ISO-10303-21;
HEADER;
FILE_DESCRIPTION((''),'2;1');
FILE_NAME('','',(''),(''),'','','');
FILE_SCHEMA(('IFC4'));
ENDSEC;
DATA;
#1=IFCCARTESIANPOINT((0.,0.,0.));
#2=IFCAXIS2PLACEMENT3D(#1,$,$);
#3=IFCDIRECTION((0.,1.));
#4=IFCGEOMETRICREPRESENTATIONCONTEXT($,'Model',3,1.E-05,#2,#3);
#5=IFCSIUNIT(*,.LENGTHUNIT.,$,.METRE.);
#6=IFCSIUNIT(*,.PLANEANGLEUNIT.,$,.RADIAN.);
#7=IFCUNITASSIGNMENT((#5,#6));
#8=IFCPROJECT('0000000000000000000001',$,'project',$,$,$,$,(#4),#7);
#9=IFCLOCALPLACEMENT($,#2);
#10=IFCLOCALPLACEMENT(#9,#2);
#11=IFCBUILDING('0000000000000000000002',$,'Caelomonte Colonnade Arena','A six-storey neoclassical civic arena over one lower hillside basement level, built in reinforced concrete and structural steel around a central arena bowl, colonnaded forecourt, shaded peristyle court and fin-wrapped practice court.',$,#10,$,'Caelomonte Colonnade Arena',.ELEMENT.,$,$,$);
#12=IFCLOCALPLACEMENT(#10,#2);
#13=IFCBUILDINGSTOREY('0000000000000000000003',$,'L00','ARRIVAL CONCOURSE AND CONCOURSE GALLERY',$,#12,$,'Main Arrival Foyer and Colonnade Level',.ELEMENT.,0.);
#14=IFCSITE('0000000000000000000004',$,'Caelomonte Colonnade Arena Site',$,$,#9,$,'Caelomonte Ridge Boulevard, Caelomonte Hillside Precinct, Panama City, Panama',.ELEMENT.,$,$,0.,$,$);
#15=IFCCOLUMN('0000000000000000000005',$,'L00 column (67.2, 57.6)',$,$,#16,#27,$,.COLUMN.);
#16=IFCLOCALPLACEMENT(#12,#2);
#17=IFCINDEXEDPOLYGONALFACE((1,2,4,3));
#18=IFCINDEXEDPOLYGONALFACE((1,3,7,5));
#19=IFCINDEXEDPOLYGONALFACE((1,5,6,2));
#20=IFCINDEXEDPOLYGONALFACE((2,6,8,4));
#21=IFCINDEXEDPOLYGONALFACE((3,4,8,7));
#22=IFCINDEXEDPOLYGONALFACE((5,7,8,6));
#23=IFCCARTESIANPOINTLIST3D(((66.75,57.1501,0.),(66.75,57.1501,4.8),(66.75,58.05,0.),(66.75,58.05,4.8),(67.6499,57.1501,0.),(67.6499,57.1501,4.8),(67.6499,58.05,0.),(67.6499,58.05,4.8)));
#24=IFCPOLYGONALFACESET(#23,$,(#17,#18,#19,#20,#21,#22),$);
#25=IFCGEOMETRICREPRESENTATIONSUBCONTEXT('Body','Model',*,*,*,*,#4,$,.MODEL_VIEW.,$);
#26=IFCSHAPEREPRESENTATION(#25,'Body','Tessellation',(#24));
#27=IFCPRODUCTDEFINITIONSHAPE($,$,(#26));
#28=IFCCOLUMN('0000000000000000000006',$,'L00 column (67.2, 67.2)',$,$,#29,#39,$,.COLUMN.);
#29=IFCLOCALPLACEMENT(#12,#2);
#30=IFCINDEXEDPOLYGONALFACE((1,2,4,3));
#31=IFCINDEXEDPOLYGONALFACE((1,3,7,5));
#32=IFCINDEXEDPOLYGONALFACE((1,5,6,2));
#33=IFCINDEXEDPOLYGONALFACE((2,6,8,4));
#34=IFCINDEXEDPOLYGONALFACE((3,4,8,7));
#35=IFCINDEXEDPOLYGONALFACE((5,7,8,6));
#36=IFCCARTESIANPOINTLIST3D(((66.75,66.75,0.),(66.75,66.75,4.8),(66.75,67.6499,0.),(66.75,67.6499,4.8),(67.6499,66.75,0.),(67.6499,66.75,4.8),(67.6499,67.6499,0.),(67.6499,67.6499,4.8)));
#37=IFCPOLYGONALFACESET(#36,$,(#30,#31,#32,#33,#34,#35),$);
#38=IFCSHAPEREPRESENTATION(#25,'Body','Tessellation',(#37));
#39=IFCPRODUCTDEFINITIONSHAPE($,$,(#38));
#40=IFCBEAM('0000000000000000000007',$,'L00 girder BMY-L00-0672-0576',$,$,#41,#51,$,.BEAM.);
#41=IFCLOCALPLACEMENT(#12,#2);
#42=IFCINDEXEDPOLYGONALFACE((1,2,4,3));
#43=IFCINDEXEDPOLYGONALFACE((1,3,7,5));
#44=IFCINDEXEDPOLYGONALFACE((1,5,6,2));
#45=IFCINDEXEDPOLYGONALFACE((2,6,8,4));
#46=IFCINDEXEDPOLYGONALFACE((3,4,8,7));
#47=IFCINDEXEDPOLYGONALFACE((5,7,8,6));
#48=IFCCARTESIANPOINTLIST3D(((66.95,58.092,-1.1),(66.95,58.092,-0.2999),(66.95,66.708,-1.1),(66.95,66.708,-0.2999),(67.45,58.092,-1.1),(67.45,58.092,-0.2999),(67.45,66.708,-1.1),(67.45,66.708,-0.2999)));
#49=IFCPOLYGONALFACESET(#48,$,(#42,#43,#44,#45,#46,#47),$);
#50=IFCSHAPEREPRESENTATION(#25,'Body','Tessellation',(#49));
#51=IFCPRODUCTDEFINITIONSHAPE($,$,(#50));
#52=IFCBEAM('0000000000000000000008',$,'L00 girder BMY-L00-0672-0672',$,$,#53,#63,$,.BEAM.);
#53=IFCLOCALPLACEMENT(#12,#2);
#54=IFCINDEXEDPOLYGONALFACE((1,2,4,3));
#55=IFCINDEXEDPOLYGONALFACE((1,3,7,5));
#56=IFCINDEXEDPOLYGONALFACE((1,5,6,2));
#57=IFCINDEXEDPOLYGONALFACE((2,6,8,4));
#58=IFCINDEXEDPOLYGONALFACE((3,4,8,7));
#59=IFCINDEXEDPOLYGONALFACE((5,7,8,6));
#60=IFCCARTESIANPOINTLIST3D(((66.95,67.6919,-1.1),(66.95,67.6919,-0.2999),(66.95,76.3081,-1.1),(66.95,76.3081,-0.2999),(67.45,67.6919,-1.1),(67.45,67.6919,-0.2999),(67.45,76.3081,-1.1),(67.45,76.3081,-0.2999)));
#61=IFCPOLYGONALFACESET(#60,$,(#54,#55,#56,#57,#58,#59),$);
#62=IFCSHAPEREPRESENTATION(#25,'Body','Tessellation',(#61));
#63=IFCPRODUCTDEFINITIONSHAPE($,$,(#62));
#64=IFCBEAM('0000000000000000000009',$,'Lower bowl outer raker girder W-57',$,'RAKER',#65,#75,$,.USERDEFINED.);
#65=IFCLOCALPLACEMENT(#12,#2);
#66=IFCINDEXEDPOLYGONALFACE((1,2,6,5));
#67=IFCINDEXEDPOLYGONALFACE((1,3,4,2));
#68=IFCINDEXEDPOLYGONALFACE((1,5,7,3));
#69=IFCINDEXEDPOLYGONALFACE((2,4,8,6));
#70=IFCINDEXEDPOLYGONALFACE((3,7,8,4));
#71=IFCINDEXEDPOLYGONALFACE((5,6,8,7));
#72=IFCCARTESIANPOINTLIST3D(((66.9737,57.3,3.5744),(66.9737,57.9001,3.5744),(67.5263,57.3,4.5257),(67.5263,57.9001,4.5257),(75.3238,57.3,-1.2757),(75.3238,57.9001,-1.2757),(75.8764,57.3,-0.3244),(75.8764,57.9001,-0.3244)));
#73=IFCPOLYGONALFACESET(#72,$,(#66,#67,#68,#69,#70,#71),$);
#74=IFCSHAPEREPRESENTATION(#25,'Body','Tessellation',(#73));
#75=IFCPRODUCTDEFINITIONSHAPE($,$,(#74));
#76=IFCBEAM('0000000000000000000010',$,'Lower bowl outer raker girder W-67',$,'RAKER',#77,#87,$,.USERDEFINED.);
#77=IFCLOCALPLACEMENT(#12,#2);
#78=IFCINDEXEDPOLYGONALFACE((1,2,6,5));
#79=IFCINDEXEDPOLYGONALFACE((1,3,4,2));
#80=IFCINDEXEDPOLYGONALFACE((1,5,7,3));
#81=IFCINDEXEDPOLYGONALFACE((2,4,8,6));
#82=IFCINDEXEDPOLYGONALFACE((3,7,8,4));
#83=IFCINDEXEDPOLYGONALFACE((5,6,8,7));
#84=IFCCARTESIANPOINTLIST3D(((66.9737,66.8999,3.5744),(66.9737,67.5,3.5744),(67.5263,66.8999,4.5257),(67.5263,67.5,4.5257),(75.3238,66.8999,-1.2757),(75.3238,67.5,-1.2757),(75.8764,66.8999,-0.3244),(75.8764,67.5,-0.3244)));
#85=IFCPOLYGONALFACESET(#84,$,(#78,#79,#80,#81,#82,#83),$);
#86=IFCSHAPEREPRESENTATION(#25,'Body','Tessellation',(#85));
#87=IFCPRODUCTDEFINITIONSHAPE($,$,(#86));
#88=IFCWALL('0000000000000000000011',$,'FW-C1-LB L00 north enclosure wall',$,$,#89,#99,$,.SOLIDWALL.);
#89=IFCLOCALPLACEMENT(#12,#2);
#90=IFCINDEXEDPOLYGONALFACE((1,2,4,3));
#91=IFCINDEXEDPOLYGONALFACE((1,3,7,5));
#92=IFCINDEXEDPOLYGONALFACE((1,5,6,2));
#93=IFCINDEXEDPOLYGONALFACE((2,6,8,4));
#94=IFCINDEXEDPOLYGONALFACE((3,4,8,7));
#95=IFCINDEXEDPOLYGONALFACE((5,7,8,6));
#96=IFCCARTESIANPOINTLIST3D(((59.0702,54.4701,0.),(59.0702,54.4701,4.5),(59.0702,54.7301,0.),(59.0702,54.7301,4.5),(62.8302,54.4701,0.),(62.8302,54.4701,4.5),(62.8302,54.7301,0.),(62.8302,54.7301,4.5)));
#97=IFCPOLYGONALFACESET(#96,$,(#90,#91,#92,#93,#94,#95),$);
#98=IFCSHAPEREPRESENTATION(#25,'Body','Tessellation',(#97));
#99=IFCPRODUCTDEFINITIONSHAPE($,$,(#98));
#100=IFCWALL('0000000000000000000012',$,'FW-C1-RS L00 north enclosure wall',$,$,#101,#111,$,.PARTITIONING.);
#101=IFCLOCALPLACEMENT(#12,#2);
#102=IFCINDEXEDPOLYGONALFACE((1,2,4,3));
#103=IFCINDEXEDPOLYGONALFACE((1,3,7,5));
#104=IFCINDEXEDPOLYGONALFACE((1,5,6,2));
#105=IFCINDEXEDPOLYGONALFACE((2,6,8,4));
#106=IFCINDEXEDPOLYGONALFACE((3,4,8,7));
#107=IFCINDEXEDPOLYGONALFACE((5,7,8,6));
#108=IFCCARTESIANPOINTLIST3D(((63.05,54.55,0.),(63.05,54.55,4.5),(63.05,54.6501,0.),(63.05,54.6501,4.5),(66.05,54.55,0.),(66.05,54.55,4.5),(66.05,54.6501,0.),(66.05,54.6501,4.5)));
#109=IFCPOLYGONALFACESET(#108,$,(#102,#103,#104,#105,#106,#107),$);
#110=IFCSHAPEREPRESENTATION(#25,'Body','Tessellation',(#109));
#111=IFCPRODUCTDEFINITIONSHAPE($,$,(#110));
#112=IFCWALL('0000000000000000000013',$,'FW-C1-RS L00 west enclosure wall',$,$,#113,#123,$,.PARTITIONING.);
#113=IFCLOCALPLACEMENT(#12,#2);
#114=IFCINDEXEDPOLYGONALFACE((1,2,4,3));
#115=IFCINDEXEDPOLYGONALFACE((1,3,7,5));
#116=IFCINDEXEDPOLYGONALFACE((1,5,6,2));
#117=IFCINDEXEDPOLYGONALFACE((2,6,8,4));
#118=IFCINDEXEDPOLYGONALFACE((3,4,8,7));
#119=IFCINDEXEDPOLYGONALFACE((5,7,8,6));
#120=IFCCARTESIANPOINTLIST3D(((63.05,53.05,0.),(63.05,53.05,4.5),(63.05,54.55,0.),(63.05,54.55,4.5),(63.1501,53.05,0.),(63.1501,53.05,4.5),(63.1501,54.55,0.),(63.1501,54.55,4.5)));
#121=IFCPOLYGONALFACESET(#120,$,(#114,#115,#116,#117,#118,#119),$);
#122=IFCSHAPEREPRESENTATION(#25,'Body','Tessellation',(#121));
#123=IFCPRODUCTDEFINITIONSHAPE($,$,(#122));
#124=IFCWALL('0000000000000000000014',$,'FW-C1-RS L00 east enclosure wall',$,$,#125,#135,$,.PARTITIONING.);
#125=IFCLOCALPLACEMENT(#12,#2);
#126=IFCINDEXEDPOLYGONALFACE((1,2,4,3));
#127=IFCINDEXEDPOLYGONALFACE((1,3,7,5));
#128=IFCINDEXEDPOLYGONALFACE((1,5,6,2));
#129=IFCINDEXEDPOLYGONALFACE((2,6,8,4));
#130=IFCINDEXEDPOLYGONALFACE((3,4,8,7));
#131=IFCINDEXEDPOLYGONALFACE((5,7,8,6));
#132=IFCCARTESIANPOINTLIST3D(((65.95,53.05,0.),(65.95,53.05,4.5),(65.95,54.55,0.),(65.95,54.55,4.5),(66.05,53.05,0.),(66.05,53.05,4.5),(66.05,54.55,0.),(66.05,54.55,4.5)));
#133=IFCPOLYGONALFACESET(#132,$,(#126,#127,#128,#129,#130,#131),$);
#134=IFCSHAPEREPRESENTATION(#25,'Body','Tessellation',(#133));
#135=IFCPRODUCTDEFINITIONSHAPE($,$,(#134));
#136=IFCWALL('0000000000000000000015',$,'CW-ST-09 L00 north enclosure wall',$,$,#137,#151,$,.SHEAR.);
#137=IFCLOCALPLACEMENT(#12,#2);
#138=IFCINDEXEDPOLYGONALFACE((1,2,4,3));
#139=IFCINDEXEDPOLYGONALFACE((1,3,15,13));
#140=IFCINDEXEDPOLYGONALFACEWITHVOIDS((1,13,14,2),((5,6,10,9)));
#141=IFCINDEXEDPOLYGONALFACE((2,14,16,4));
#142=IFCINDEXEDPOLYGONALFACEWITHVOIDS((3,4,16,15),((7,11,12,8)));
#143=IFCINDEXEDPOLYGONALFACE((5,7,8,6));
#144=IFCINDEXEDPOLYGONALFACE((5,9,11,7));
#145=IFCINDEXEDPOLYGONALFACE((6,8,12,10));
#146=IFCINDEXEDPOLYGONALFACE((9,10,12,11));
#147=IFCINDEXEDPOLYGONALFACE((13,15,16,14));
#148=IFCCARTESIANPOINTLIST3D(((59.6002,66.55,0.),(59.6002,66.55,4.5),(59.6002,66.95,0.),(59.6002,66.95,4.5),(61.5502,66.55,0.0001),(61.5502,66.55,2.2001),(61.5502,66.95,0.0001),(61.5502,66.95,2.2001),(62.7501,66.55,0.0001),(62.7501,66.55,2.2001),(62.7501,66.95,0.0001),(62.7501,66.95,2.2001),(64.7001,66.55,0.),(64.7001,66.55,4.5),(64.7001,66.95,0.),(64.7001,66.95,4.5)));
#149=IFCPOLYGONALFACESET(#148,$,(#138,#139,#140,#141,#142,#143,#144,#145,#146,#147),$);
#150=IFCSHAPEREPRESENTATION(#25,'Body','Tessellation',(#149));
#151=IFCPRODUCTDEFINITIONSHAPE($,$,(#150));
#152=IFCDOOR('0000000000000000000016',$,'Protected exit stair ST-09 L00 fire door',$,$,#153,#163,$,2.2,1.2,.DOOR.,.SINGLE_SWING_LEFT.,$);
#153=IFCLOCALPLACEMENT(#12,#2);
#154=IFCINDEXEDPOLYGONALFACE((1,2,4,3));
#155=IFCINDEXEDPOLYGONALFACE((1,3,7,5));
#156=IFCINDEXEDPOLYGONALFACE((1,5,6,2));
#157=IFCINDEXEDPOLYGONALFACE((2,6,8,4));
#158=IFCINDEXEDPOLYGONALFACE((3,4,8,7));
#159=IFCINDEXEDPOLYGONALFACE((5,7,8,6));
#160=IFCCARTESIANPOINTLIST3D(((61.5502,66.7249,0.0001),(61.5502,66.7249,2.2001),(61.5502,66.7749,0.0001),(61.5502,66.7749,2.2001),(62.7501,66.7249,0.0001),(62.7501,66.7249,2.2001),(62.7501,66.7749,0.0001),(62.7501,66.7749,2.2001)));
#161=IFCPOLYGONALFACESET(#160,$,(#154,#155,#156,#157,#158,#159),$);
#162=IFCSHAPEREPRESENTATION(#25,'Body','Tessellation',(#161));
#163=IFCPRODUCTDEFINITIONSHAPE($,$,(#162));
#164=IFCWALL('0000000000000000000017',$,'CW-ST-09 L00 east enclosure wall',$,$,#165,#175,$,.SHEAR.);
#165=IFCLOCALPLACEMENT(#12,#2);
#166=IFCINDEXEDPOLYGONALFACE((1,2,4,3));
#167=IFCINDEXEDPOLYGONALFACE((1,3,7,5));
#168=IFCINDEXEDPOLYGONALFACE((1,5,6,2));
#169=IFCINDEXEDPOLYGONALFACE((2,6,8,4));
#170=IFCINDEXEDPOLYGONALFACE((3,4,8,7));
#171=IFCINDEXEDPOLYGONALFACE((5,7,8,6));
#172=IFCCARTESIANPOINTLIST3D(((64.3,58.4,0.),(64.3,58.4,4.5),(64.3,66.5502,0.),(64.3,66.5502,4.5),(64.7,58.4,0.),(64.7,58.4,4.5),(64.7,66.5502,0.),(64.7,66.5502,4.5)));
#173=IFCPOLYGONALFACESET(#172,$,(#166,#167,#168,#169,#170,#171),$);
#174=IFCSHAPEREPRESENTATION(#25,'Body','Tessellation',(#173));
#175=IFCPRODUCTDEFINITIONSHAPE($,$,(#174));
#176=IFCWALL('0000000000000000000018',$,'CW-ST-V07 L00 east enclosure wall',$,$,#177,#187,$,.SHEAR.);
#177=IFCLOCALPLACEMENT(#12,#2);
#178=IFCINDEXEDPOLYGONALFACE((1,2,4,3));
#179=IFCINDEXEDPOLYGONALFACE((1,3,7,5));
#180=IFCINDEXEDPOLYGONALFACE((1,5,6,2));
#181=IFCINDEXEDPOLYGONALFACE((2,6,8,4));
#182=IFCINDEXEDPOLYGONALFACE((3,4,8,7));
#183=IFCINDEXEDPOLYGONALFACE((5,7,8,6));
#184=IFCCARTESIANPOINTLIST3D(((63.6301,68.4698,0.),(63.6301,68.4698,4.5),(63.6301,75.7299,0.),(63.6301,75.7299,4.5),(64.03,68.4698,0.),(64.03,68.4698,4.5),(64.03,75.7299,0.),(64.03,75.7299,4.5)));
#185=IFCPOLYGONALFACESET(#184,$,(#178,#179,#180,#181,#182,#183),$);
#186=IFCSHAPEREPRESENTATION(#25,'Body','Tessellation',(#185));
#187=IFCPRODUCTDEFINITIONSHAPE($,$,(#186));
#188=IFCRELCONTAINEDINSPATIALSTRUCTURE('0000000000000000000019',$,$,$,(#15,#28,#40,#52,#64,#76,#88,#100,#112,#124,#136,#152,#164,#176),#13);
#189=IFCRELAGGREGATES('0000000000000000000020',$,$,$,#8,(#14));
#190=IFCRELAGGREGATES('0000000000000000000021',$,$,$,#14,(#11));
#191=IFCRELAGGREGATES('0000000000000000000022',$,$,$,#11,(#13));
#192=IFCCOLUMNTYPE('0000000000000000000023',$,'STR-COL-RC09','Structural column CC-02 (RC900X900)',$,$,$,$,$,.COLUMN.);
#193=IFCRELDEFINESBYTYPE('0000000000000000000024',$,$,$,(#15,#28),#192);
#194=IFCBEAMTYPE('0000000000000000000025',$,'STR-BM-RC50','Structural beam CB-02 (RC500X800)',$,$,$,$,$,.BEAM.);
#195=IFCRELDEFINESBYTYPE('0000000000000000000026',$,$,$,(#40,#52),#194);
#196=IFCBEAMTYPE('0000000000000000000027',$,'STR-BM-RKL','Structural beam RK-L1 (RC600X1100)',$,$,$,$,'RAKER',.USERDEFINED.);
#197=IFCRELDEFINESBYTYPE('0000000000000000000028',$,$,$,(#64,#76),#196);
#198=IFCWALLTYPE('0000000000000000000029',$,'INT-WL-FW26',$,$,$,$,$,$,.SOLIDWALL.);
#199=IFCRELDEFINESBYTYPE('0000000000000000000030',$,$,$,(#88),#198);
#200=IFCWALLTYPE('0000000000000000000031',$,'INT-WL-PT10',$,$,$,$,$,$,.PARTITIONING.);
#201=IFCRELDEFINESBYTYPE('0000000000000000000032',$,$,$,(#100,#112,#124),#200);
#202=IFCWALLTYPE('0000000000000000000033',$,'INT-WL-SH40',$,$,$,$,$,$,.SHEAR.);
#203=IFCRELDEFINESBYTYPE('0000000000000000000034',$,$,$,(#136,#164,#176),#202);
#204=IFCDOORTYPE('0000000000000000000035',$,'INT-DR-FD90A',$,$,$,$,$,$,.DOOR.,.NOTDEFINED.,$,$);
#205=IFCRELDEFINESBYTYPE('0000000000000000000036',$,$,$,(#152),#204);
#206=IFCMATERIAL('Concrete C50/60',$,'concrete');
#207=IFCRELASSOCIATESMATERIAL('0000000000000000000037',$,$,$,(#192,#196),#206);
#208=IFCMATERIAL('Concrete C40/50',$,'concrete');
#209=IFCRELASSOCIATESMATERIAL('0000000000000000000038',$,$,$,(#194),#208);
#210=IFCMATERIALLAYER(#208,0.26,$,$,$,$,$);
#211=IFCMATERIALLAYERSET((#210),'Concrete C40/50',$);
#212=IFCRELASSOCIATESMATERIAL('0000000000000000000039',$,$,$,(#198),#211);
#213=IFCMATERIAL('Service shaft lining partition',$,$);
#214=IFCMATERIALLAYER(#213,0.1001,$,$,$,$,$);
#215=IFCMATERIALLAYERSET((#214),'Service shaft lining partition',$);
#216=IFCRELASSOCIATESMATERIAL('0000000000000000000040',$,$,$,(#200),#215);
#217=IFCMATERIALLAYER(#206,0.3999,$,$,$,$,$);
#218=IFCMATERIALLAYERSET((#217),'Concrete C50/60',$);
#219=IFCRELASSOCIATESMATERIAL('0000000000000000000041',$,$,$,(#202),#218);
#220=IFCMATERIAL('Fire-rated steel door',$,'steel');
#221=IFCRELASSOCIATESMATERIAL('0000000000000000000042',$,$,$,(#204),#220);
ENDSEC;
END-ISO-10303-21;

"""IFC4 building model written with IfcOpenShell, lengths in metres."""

from ifc_helpers import new_model, si_unit, direction, frame, frame_2d, origin, origin_2d, place, context, subcontext, project, spatial, rectangle, extrude, material, layer, layer_set, material_profile, profile_set, type_object, element, fill, save


model = new_model("IFC4")

# Units and contexts
model_context = context("Model", 3, precision=1e-05, world=origin(), true_north=direction((0.0, 1.0)))
body_context = subcontext(model_context, "Body", "Model", "MODEL_VIEW")
ifc_project = project(units=[si_unit("LENGTHUNIT", "METRE"), si_unit("PLANEANGLEUNIT", "RADIAN")], contexts=[model_context])

# Site, building, storey
site_placement = place(None, origin())
site = spatial("IfcSite", under=ifc_project, at=site_placement, Name="Caelomonte Colonnade Arena Site", LongName="Caelomonte Ridge Boulevard, Caelomonte Hillside Precinct, Panama City, Panama", CompositionType="ELEMENT", RefElevation=0.0)
building_placement = place(site_placement, origin())
building = spatial("IfcBuilding", under=site, at=building_placement, Name="Caelomonte Colonnade Arena", Description="A six-storey neoclassical civic arena over one lower hillside basement level, built in reinforced concrete and structural steel around a central arena bowl, colonnaded forecourt, shaded peristyle court and fin-wrapped practice court.", LongName="Caelomonte Colonnade Arena", CompositionType="ELEMENT")
storey_placement = place(building_placement, origin())
storey = spatial("IfcBuildingStorey", under=building, at=storey_placement, Name="L00", Description="ARRIVAL CONCOURSE AND CONCOURSE GALLERY", LongName="Main Arrival Foyer and Colonnade Level", CompositionType="ELEMENT", Elevation=0.0)

# Columns
ifc_material_1 = material(Name="Concrete C50/60", Category="concrete")
ifc_material_profile_1 = material_profile(ifc_material_1, rectangle(XDim=0.8999, YDim=0.8999, at=origin_2d()), Name="RC900X900")
ifc_profile_set_1 = profile_set([ifc_material_profile_1], Name="Concrete C50/60")
column_type = type_object("IfcColumnType", Name="STR-COL-RC09", Description="Structural column CC-02 (RC900X900)", PredefinedType="COLUMN", material=ifc_profile_set_1)
for number, where, z_axis, x_axis, name in (
    (1, (67.2, 57.6001, 0.0), (0.0, 0.0, 1.0), (1.0, 0.0, 0.0), "L00 column (67.2, 57.6)"),
    (2, (67.2, 67.2, 0.0), (0.0, 0.0, 1.0), (1.0, 0.0, 0.0), "L00 column (67.2, 67.2)"),
):
    element("IfcColumn", number, at=place(storey_placement, frame(where, z_axis=z_axis, x_axis=x_axis)), inside=storey, type_object=column_type, Name=name, PredefinedType="COLUMN", context=body_context, shape_type="SweptSolid", body=[
        extrude(rectangle(XDim=0.8999, YDim=0.8999, at=origin_2d()), origin(), (0.0, 0.0, 1.0), 4.8),
    ])

# Beams
ifc_material_2 = material(Name="Concrete C40/50", Category="concrete")
ifc_material_profile_2 = material_profile(ifc_material_2, rectangle(XDim=0.5, YDim=0.8, at=origin_2d()), Name="RC500X800")
ifc_profile_set_2 = profile_set([ifc_material_profile_2], Name="Concrete C40/50")
beam_type_1 = type_object("IfcBeamType", Name="STR-BM-RC50", Description="Structural beam CB-02 (RC500X800)", PredefinedType="BEAM", material=ifc_profile_set_2)
beam_1_placement = place(storey_placement, frame((67.2, 58.092, -0.7), z_axis=(0.0, 1.0, 0.0), x_axis=(-1.0, 0.0, 0.0)))
element("IfcBeam", 3, at=beam_1_placement, inside=storey, type_object=beam_type_1, Name="L00 girder BMY-L00-0672-0576", PredefinedType="BEAM", context=body_context, shape_type="SweptSolid", body=[
    extrude(rectangle(XDim=0.5, YDim=0.8, at=origin_2d()), origin(), (0.0, 0.0, 1.0), 8.616),
])
beam_2_placement = place(storey_placement, frame((67.2, 67.6919, -0.7), z_axis=(0.0, 1.0, 0.0), x_axis=(-1.0, 0.0, 0.0)))
element("IfcBeam", 4, at=beam_2_placement, inside=storey, type_object=beam_type_1, Name="L00 girder BMY-L00-0672-0672", PredefinedType="BEAM", context=body_context, shape_type="SweptSolid", body=[
    extrude(rectangle(XDim=0.5, YDim=0.8, at=origin_2d()), origin(), (0.0, 0.0, 1.0), 8.6162),
])
ifc_material_profile_3 = material_profile(ifc_material_1, rectangle(XDim=0.6001, YDim=1.1001, at=origin_2d()), Name="RC600X1100")
ifc_profile_set_3 = profile_set([ifc_material_profile_3], Name="Concrete C50/60")
beam_type_2 = type_object("IfcBeamType", Name="STR-BM-RKL", Description="Structural beam RK-L1 (RC600X1100)", ElementType="RAKER", PredefinedType="USERDEFINED", material=ifc_profile_set_3)
for number, where, z_axis, x_axis, name in (
    (5, (75.6001, 57.6001, -0.8), (-0.864715, 0.0, 0.502264), (0.0, -1.0, 0.0), "Lower bowl outer raker girder W-57"),
    (6, (75.6001, 67.2, -0.8), (-0.864715, 0.0, 0.502264), (0.0, -1.0, 0.0), "Lower bowl outer raker girder W-67"),
):
    element("IfcBeam", number, at=place(storey_placement, frame(where, z_axis=z_axis, x_axis=x_axis)), inside=storey, type_object=beam_type_2, Name=name, ObjectType="RAKER", PredefinedType="USERDEFINED", context=body_context, shape_type="SweptSolid", body=[
        extrude(rectangle(XDim=0.6001, YDim=1.1001, at=origin_2d()), origin(), (0.0, 0.0, 1.0), 9.6565),
    ])

# Walls
ifc_layer_1 = layer(ifc_material_2, 0.26)
ifc_layer_set_1 = layer_set([ifc_layer_1], Name="Concrete C40/50")
wall_type_1 = type_object("IfcWallType", Name="INT-WL-FW26", PredefinedType="SOLIDWALL", material=ifc_layer_set_1)
wall_1_placement = place(storey_placement, frame((62.8301, 54.6001, 0.0), z_axis=(0.0, 0.0, 1.0), x_axis=(-1.0, 0.0, 0.0)))
element("IfcWall", 7, at=wall_1_placement, inside=storey, type_object=wall_type_1, Name="FW-C1-LB L00 north enclosure wall", PredefinedType="SOLIDWALL", context=body_context, shape_type="SweptSolid", body=[
    extrude(rectangle(XDim=3.76, YDim=0.26, at=frame_2d((1.8799, 0.0))), origin(), (0.0, 0.0, 1.0), 4.5),
])
ifc_material_3 = material(Name="Service shaft lining partition")
ifc_layer_2 = layer(ifc_material_3, 0.1001)
ifc_layer_set_2 = layer_set([ifc_layer_2], Name="Service shaft lining partition")
wall_type_2 = type_object("IfcWallType", Name="INT-WL-PT10", PredefinedType="PARTITIONING", material=ifc_layer_set_2)
wall_2_placement = place(storey_placement, frame((66.05, 54.6001, 0.0), z_axis=(0.0, 0.0, 1.0), x_axis=(-1.0, 0.0, 0.0)))
element("IfcWall", 8, at=wall_2_placement, inside=storey, type_object=wall_type_2, Name="FW-C1-RS L00 north enclosure wall", PredefinedType="PARTITIONING", context=body_context, shape_type="SweptSolid", body=[
    extrude(rectangle(XDim=3.0, YDim=0.1001, at=frame_2d((1.5, 0.0))), origin(), (0.0, 0.0, 1.0), 4.5),
])
for number, where, z_axis, x_axis, name in (
    (9, (63.1001, 54.55, 0.0), (0.0, 0.0, 1.0), (0.0, -1.0, 0.0), "FW-C1-RS L00 west enclosure wall"),
    (10, (66.0, 53.05, 0.0), (0.0, 0.0, 1.0), (0.0, 1.0, 0.0), "FW-C1-RS L00 east enclosure wall"),
):
    element("IfcWall", number, at=place(storey_placement, frame(where, z_axis=z_axis, x_axis=x_axis)), inside=storey, type_object=wall_type_2, Name=name, PredefinedType="PARTITIONING", context=body_context, shape_type="SweptSolid", body=[
        extrude(rectangle(XDim=1.5, YDim=0.1001, at=frame_2d((0.75, 0.0))), origin(), (0.0, 0.0, 1.0), 4.5),
    ])

# Wall, opening, door
ifc_layer_3 = layer(ifc_material_1, 0.3999)
ifc_layer_set_3 = layer_set([ifc_layer_3], Name="Concrete C50/60")
wall_type_3 = type_object("IfcWallType", Name="INT-WL-SH40", PredefinedType="SHEAR", material=ifc_layer_set_3)
wall_3_placement = place(storey_placement, frame((64.7, 66.75, 0.0), z_axis=(0.0, 0.0, 1.0), x_axis=(-1.0, 0.0, 0.0)))
wall_3 = element("IfcWall", 11, at=wall_3_placement, inside=storey, type_object=wall_type_3, Name="CW-ST-09 L00 north enclosure wall", PredefinedType="SHEAR", context=body_context, shape_type="SweptSolid", body=[
    extrude(rectangle(XDim=5.0999, YDim=0.3999, at=frame_2d((2.5498, 0.0))), origin(), (0.0, 0.0, 1.0), 4.5),
])
opening_1_placement = place(wall_3_placement, frame((3.1499, 0.0, 0.0), z_axis=(0.0, 0.0, 1.0), x_axis=(-1.0, 0.0, 0.0)))
opening_1 = element("IfcOpeningElement", 12, at=opening_1_placement, cuts=wall_3, PredefinedType="OPENING", context=body_context, shape_type="SweptSolid", body=[
    extrude(rectangle(XDim=1.2, YDim=2.2, at=frame_2d((0.6001, 1.1001))), frame((0.0, 0.21, 0.0), z_axis=(0.0, -1.0, 0.0), x_axis=(1.0, 0.0, 0.0)), (0.0, 0.0, 1.0), 0.4199),
])
ifc_material_4 = material(Name="Fire-rated steel door", Category="steel")
door_type_1 = type_object("IfcDoorType", Name="INT-DR-FD90A", OperationType="NOTDEFINED", PredefinedType="DOOR", material=ifc_material_4)
door_1_placement = place(opening_1_placement, origin())
door_1 = element("IfcDoor", 13, at=door_1_placement, inside=storey, type_object=door_type_1, Name="Protected exit stair ST-09 L00 fire door", OperationType="SINGLE_SWING_LEFT", OverallHeight=2.2, OverallWidth=1.2, PredefinedType="DOOR", context=body_context, shape_type="SweptSolid", body=[
    extrude(rectangle(XDim=1.2, YDim=2.2, at=frame_2d((0.6001, 1.1001))), frame((0.0, 0.0249, 0.0), z_axis=(0.0, -1.0, 0.0), x_axis=(1.0, 0.0, 0.0)), (0.0, 0.0, 1.0), 0.05),
])
fill(opening_1, door_1)

# Walls
wall_4_placement = place(storey_placement, frame((64.5, 58.3999, 0.0), z_axis=(0.0, 0.0, 1.0), x_axis=(0.0, 1.0, 0.0)))
element("IfcWall", 14, at=wall_4_placement, inside=storey, type_object=wall_type_3, Name="CW-ST-09 L00 east enclosure wall", PredefinedType="SHEAR", context=body_context, shape_type="SweptSolid", body=[
    extrude(rectangle(XDim=8.1501, YDim=0.3999, at=frame_2d((4.0752, 0.0))), origin(), (0.0, 0.0, 1.0), 4.5),
])
wall_5_placement = place(storey_placement, frame((63.8301, 68.47, 0.0), z_axis=(0.0, 0.0, 1.0), x_axis=(0.0, 1.0, 0.0)))
element("IfcWall", 15, at=wall_5_placement, inside=storey, type_object=wall_type_3, Name="CW-ST-V07 L00 east enclosure wall", PredefinedType="SHEAR", context=body_context, shape_type="SweptSolid", body=[
    extrude(rectangle(XDim=7.26, YDim=0.3999, at=frame_2d((3.6299, 0.0))), origin(), (0.0, 0.0, 1.0), 4.5),
])

save(model, "model.ifc")
